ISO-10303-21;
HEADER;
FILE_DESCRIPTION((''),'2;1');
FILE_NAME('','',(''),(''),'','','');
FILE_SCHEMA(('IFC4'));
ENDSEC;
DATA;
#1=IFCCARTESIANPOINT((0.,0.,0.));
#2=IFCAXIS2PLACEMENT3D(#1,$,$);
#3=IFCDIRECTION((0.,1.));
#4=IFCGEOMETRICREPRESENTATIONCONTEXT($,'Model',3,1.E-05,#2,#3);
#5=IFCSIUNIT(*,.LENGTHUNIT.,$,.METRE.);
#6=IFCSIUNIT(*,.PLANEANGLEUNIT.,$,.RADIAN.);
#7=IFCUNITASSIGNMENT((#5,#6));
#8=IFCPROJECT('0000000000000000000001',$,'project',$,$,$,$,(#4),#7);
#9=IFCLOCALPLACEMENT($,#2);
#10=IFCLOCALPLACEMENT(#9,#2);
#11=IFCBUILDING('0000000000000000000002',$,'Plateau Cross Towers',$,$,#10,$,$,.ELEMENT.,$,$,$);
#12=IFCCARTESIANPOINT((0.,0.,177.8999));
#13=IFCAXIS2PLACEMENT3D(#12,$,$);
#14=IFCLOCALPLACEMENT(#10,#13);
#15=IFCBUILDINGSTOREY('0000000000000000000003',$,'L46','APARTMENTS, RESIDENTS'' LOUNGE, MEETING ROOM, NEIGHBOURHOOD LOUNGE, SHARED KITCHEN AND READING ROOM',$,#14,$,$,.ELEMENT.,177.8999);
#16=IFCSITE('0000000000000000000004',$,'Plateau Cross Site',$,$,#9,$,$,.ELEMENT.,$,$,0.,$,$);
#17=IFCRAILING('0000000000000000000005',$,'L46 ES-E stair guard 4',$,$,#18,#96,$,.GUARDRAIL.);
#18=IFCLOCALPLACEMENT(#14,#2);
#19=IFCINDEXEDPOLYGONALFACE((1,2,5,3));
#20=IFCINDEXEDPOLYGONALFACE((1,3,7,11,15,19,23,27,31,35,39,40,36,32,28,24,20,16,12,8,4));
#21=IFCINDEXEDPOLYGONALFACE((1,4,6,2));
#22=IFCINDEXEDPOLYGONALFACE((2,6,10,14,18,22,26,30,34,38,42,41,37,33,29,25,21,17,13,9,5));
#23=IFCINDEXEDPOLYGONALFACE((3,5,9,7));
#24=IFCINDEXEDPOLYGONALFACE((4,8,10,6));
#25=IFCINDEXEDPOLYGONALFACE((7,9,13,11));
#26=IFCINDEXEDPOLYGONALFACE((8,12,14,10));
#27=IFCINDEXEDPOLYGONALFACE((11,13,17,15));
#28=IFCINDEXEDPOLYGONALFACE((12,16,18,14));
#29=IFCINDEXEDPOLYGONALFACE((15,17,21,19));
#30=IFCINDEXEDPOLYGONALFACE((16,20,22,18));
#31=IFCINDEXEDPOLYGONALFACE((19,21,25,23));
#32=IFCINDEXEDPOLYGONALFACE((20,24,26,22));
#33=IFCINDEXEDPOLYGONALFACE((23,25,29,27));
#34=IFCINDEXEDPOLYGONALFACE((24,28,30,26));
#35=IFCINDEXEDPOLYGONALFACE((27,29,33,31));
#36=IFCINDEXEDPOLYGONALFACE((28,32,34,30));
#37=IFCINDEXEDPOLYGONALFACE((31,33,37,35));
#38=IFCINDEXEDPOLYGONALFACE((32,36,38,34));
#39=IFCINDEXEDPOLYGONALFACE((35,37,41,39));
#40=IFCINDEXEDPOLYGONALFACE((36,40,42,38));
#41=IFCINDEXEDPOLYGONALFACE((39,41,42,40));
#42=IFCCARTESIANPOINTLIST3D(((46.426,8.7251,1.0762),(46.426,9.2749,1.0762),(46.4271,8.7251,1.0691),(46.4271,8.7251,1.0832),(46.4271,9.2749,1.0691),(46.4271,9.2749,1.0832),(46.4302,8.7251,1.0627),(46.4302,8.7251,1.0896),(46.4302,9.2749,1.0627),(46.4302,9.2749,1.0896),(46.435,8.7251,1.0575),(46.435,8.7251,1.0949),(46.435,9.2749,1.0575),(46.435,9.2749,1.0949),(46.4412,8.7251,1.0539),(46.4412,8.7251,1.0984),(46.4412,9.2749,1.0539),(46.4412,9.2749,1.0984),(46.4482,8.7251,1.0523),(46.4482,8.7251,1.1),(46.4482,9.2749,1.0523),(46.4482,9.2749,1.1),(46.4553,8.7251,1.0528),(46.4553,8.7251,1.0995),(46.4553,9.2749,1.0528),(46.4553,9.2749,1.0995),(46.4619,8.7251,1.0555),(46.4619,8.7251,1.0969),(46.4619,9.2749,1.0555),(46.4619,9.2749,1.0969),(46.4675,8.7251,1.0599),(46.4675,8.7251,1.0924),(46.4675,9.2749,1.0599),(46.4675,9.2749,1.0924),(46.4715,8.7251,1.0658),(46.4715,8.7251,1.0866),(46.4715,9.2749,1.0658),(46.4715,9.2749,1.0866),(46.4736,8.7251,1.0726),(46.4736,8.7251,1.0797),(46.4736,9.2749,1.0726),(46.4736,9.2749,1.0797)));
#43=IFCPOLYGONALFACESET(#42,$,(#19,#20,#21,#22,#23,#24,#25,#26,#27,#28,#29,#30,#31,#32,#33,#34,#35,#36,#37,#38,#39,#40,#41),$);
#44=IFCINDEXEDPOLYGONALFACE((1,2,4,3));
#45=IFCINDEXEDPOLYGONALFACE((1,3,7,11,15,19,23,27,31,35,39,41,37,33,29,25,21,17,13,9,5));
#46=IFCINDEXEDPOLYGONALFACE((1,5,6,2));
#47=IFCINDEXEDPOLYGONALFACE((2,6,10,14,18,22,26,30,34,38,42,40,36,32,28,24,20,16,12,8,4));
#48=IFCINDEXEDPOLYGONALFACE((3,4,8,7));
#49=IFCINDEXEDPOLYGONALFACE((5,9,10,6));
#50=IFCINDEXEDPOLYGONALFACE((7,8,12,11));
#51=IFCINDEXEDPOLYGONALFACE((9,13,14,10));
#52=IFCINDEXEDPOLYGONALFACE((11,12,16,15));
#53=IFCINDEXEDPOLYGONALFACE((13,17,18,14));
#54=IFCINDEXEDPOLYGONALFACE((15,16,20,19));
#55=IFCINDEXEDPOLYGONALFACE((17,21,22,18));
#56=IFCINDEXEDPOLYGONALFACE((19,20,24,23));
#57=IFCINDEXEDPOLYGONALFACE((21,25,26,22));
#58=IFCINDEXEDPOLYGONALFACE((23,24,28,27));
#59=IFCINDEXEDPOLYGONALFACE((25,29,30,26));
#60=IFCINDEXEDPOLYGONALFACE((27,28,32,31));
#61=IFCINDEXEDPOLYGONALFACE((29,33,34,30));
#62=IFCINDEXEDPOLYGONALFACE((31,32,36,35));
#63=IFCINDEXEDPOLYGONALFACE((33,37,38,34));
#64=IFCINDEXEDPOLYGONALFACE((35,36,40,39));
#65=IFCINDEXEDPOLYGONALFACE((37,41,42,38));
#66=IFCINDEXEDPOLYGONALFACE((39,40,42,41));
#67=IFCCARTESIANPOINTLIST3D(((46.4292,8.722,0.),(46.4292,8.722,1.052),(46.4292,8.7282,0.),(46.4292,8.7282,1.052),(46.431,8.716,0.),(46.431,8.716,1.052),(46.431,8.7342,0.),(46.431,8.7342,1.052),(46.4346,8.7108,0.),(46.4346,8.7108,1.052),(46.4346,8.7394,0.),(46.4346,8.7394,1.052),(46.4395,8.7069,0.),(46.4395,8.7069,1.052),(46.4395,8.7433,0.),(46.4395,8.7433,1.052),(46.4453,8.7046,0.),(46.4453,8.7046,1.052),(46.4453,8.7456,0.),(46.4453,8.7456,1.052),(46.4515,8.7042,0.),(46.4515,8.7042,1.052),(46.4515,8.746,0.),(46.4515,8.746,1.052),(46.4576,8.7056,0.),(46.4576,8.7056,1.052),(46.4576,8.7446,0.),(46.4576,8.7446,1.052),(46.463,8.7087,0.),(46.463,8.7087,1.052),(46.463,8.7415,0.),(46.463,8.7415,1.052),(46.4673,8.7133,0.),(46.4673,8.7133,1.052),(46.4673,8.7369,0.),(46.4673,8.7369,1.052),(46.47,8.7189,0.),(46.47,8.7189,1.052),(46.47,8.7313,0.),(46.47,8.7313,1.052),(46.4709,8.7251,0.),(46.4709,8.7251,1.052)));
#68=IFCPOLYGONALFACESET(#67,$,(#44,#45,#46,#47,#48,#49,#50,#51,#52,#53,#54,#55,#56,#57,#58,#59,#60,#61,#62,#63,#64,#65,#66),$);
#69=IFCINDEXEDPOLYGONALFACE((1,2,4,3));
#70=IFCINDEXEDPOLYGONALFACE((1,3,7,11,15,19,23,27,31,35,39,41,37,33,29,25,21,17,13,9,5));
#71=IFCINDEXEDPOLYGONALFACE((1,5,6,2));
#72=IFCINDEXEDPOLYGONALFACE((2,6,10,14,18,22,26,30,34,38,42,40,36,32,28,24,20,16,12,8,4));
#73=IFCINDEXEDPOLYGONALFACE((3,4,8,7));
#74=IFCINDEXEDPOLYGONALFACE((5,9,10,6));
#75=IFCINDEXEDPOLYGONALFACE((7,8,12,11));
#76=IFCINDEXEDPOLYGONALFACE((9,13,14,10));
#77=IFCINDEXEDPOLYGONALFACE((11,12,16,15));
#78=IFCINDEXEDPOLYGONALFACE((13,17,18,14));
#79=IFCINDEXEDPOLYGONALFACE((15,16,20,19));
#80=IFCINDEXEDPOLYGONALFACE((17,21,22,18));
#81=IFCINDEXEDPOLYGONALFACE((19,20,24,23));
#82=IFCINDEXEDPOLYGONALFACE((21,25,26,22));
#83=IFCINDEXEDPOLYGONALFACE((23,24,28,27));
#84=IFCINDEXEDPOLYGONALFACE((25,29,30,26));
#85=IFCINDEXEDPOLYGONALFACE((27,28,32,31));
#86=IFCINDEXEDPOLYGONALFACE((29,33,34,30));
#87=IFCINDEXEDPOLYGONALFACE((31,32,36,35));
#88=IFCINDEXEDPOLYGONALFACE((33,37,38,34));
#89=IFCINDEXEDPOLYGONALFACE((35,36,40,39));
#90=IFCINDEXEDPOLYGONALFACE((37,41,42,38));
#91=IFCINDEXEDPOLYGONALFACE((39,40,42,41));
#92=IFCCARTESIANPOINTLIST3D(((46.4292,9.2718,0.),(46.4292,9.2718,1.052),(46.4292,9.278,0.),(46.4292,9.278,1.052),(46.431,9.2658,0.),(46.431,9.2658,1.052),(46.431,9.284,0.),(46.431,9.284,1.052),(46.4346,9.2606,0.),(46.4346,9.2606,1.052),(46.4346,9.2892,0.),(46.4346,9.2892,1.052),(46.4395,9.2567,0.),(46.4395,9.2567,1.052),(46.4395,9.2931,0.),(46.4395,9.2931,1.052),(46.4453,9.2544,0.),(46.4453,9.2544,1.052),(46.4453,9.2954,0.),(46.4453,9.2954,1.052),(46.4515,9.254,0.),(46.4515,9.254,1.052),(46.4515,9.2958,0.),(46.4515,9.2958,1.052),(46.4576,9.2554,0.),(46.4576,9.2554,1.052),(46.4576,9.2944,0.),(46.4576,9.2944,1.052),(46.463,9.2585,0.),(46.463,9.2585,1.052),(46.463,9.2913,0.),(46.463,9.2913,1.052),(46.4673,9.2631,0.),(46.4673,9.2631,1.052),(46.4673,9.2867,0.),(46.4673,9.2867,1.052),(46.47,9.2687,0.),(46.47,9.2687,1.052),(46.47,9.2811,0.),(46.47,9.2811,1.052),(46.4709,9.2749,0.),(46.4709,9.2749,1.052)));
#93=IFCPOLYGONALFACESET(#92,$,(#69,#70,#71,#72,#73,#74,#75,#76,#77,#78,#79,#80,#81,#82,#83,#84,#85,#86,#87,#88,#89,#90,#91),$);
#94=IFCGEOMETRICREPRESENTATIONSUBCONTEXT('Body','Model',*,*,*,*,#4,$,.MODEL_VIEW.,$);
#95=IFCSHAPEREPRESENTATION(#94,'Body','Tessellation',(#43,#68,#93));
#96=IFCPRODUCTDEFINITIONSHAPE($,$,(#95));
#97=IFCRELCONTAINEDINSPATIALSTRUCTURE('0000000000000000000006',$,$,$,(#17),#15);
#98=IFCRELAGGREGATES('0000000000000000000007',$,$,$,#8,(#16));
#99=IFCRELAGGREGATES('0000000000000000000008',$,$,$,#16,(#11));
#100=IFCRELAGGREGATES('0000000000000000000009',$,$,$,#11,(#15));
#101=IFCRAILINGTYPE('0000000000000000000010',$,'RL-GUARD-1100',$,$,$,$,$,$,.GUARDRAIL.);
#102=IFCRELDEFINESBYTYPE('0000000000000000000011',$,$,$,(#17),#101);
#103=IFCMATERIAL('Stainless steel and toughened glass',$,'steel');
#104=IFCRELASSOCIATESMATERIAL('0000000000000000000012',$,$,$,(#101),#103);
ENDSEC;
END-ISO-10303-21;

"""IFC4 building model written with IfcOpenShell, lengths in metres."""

from ifc_helpers import new_model, si_unit, direction, frame, origin, origin_2d, place, context, subcontext, project, spatial, circle, extrude, material, type_object, element, save


model = new_model("IFC4")

# Units and contexts
model_context = context("Model", 3, precision=1e-05, world=origin(), true_north=direction((0.0, 1.0)))
body_context = subcontext(model_context, "Body", "Model", "MODEL_VIEW")
ifc_project = project(units=[si_unit("LENGTHUNIT", "METRE"), si_unit("PLANEANGLEUNIT", "RADIAN")], contexts=[model_context])

# Site, building, storey
site_placement = place(None, origin())
site = spatial("IfcSite", under=ifc_project, at=site_placement, Name="Plateau Cross Site", CompositionType="ELEMENT", RefElevation=0.0)
building_placement = place(site_placement, origin())
building = spatial("IfcBuilding", under=site, at=building_placement, Name="Plateau Cross Towers", CompositionType="ELEMENT")
storey_placement = place(building_placement, frame((0.0, 0.0, 177.8999)))
storey = spatial("IfcBuildingStorey", under=building, at=storey_placement, Name="L46", Description="APARTMENTS, RESIDENTS' LOUNGE, MEETING ROOM, NEIGHBOURHOOD LOUNGE, SHARED KITCHEN AND READING ROOM", CompositionType="ELEMENT", Elevation=177.8999)

# Railing
ifc_material_1 = material(Name="Stainless steel and toughened glass", Category="steel")
railing_type_1 = type_object("IfcRailingType", Name="RL-GUARD-1100", PredefinedType="GUARDRAIL", material=ifc_material_1)
railing_1_placement = place(storey_placement, frame((46.45, 8.7251, 0.0)))
element("IfcRailing", 1, at=railing_1_placement, inside=storey, type_object=railing_type_1, Name="L46 ES-E stair guard 4", PredefinedType="GUARDRAIL", context=body_context, shape_type="SweptSolid", body=[
    extrude(circle(Radius=0.0239, at=origin_2d()), frame((0.0, 0.0, 1.0762), z_axis=(0.0, 1.0, 0.0), x_axis=(-1.0, 0.0, 0.0)), (0.0, 0.0, 1.0), 0.5498),
    extrude(circle(Radius=0.021, at=origin_2d()), origin(), (0.0, 0.0, 1.0), 1.052),
    extrude(circle(Radius=0.021, at=origin_2d()), frame((0.0, 0.5498, 0.0)), (0.0, 0.0, 1.0), 1.052),
])

save(model, "model.ifc")
